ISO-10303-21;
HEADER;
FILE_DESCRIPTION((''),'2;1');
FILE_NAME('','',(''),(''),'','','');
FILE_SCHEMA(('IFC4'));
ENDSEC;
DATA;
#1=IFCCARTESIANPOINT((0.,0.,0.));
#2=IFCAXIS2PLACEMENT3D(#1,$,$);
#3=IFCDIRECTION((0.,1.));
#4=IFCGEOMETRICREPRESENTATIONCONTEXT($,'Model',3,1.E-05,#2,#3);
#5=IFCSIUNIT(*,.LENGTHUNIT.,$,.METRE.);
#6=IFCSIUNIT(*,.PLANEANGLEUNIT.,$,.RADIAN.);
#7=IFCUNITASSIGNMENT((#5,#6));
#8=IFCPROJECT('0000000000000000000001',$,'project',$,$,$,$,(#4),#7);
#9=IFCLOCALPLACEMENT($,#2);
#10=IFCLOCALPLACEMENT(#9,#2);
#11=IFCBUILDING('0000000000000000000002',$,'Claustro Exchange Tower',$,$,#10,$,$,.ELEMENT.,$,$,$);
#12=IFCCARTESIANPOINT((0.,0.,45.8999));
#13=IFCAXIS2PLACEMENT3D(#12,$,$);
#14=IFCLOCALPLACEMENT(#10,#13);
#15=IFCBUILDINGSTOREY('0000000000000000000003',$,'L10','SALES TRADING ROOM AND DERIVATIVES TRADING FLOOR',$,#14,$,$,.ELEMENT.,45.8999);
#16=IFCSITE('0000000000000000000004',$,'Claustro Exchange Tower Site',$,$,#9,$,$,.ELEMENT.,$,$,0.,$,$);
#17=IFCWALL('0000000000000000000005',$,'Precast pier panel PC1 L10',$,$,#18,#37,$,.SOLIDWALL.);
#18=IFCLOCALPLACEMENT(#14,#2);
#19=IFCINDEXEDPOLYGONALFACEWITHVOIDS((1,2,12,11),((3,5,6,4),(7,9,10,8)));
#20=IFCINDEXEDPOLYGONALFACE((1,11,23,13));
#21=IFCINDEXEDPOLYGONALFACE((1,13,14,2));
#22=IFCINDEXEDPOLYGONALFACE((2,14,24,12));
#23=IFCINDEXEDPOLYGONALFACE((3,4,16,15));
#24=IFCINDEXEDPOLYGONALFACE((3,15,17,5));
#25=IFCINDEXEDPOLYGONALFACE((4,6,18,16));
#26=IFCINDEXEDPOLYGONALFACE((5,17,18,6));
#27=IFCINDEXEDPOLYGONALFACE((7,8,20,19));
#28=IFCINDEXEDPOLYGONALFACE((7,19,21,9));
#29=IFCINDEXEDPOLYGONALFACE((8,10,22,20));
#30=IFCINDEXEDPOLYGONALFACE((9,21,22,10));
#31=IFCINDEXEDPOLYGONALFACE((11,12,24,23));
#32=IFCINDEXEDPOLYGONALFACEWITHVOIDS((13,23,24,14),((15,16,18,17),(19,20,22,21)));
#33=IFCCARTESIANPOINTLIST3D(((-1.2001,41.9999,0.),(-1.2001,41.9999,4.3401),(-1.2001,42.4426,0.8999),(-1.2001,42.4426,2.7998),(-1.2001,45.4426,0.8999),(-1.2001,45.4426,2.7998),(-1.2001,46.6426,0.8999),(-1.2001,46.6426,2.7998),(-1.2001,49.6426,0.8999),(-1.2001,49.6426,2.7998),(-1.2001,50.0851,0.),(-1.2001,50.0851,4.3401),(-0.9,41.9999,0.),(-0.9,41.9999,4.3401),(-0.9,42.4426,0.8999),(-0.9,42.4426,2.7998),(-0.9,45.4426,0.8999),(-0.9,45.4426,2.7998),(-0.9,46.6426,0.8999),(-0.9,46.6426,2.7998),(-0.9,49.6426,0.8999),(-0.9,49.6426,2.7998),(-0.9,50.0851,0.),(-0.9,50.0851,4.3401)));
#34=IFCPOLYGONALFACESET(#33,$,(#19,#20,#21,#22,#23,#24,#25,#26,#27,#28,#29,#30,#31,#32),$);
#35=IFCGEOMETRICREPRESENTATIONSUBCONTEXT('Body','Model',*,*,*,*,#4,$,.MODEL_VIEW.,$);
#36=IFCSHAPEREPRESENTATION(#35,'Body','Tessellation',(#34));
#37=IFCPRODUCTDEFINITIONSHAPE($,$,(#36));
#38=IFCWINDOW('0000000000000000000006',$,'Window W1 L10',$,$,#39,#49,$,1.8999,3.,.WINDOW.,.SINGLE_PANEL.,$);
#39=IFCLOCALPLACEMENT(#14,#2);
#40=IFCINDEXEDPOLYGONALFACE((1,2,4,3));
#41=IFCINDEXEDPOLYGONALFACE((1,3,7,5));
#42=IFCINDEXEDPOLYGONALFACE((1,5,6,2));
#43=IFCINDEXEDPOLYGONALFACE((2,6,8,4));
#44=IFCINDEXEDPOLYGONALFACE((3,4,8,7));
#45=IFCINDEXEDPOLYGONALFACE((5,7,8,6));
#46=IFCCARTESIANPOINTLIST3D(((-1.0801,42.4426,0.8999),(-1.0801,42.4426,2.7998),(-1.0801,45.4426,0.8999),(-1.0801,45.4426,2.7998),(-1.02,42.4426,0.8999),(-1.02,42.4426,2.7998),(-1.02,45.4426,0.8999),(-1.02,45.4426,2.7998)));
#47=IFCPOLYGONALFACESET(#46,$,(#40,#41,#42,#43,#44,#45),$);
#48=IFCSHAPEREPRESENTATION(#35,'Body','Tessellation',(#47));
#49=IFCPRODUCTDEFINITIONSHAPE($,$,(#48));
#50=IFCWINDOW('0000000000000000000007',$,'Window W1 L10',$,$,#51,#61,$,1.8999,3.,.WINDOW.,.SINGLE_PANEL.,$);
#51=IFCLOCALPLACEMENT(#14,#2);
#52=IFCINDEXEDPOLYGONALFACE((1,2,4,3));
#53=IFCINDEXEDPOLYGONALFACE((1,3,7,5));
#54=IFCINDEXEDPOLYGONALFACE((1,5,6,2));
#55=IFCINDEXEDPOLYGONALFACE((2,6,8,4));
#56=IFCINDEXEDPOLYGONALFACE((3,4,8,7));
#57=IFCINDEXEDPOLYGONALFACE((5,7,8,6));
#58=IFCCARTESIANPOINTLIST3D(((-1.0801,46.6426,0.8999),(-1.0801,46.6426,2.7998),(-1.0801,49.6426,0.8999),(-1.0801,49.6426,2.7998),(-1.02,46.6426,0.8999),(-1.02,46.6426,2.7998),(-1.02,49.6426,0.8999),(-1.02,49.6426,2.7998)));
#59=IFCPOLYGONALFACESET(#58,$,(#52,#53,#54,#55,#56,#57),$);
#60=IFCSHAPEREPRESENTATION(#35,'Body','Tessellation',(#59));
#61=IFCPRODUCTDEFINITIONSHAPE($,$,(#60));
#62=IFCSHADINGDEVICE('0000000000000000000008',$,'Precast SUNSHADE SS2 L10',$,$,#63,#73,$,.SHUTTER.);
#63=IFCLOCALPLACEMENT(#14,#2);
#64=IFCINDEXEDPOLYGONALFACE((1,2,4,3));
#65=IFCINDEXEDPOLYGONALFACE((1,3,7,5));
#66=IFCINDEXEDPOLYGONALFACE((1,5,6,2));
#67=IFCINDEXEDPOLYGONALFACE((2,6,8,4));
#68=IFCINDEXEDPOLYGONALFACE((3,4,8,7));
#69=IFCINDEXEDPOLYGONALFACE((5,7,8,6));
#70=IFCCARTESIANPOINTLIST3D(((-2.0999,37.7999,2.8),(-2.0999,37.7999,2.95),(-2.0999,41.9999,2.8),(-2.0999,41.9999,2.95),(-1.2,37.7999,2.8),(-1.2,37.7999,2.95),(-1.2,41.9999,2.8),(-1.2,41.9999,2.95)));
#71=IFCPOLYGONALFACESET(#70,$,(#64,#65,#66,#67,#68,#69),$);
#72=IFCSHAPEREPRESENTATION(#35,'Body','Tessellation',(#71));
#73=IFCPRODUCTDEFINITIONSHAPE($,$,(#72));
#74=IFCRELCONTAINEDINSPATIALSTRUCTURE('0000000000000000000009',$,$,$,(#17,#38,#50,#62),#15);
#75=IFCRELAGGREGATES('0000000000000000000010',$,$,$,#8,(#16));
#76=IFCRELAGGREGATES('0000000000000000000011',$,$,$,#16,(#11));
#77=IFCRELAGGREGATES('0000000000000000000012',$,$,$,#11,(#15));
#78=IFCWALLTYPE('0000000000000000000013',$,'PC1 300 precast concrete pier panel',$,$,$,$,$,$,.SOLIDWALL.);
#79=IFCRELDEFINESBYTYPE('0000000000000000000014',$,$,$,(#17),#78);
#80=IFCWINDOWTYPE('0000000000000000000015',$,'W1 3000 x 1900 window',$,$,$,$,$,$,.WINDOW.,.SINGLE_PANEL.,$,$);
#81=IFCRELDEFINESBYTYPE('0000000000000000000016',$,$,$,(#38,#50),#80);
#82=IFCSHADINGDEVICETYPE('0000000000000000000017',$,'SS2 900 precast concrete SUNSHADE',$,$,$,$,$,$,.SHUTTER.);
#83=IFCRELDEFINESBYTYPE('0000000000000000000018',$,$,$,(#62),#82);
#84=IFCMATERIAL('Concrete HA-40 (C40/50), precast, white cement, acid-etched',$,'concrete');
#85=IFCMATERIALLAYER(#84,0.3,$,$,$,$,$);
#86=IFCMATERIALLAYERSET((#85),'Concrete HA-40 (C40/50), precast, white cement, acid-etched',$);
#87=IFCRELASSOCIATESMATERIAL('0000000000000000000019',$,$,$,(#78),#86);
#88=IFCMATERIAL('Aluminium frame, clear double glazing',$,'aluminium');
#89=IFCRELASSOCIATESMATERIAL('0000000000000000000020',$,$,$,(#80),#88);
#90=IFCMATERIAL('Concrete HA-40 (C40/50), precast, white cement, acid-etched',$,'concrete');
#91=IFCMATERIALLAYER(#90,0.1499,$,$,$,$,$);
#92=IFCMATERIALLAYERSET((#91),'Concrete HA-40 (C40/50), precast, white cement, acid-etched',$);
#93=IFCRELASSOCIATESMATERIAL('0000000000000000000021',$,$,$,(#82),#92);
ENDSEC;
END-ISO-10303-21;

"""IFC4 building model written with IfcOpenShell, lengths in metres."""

from ifc_helpers import new_model, si_unit, direction, frame, frame_2d, origin, origin_2d, place, context, subcontext, project, spatial, rectangle, extrude, material, layer, layer_set, type_object, element, fill, save


model = new_model("IFC4")

# Units and contexts
model_context = context("Model", 3, precision=1e-05, world=origin(), true_north=direction((0.0, 1.0)))
body_context = subcontext(model_context, "Body", "Model", "MODEL_VIEW")
ifc_project = project(units=[si_unit("LENGTHUNIT", "METRE"), si_unit("PLANEANGLEUNIT", "RADIAN")], contexts=[model_context])

# Site, building, storey
site_placement = place(None, origin())
site = spatial("IfcSite", under=ifc_project, at=site_placement, Name="Claustro Exchange Tower Site", CompositionType="ELEMENT", RefElevation=0.0)
building_placement = place(site_placement, origin())
building = spatial("IfcBuilding", under=site, at=building_placement, Name="Claustro Exchange Tower", CompositionType="ELEMENT")
storey_placement = place(building_placement, frame((0.0, 0.0, 45.8999)))
storey = spatial("IfcBuildingStorey", under=building, at=storey_placement, Name="L10", Description="SALES TRADING ROOM AND DERIVATIVES TRADING FLOOR", CompositionType="ELEMENT", Elevation=45.8999)

# Wall, openings, windows
ifc_material_1 = material(Name="Concrete HA-40 (C40/50), precast, white cement, acid-etched", Category="concrete")
ifc_layer_1 = layer(ifc_material_1, 0.3)
ifc_layer_set_1 = layer_set([ifc_layer_1], Name="Concrete HA-40 (C40/50), precast, white cement, acid-etched")
wall_type_1 = type_object("IfcWallType", Name="PC1 300 precast concrete pier panel", PredefinedType="SOLIDWALL", material=ifc_layer_set_1)
wall_1_placement = place(storey_placement, frame((-1.05, 42.0, 0.0), z_axis=(0.0, 0.0, 1.0), x_axis=(0.0, 1.0, 0.0)))
wall_1 = element("IfcWall", 1, at=wall_1_placement, inside=storey, type_object=wall_type_1, Name="Precast pier panel PC1 L10", PredefinedType="SOLIDWALL", context=body_context, shape_type="SweptSolid", body=[
    extrude(rectangle(XDim=8.0852, YDim=0.3, at=frame_2d((4.0425, 0.0))), origin(), (0.0, 0.0, 1.0), 4.3401),
])
opening_1_placement = place(wall_1_placement, frame((0.4426, 0.0, 0.8999)))
opening_1 = element("IfcOpeningElement", 2, at=opening_1_placement, cuts=wall_1, PredefinedType="OPENING", context=body_context, shape_type="SweptSolid", body=[
    extrude(rectangle(XDim=3.0, YDim=1.8999, at=frame_2d((1.5, 0.95))), frame((0.0, 0.1599, 0.0), z_axis=(0.0, -1.0, 0.0), x_axis=(1.0, 0.0, 0.0)), (0.0, 0.0, 1.0), 0.3201),
])
opening_2_placement = place(wall_1_placement, frame((4.6426, 0.0, 0.8999)))
opening_2 = element("IfcOpeningElement", 3, at=opening_2_placement, cuts=wall_1, PredefinedType="OPENING", context=body_context, shape_type="SweptSolid", body=[
    extrude(rectangle(XDim=3.0, YDim=1.8999, at=frame_2d((1.5, 0.95))), frame((0.0, 0.1599, 0.0), z_axis=(0.0, -1.0, 0.0), x_axis=(1.0, 0.0, 0.0)), (0.0, 0.0, 1.0), 0.3201),
])
ifc_material_2 = material(Name="Aluminium frame, clear double glazing", Category="aluminium")
window_type = type_object("IfcWindowType", Name="W1 3000 x 1900 window", PartitioningType="SINGLE_PANEL", PredefinedType="WINDOW", material=ifc_material_2)
window_1_placement = place(opening_1_placement, origin())
window_1 = element("IfcWindow", 4, at=window_1_placement, inside=storey, type_object=window_type, Name="Window W1 L10", OverallHeight=1.8999, OverallWidth=3.0, PartitioningType="SINGLE_PANEL", PredefinedType="WINDOW", context=body_context, shape_type="SweptSolid", body=[
    extrude(rectangle(XDim=3.0, YDim=1.8999, at=frame_2d((1.5, 0.95))), frame((0.0, 0.03, 0.0), z_axis=(0.0, -1.0, 0.0), x_axis=(1.0, 0.0, 0.0)), (0.0, 0.0, 1.0), 0.0601),
])
fill(opening_1, window_1)
window_2_placement = place(opening_2_placement, origin())
window_2 = element("IfcWindow", 5, at=window_2_placement, inside=storey, type_object=window_type, Name="Window W1 L10", OverallHeight=1.8999, OverallWidth=3.0, PartitioningType="SINGLE_PANEL", PredefinedType="WINDOW", context=body_context, shape_type="SweptSolid", body=[
    extrude(rectangle(XDim=3.0, YDim=1.8999, at=frame_2d((1.5, 0.95))), frame((0.0, 0.03, 0.0), z_axis=(0.0, -1.0, 0.0), x_axis=(1.0, 0.0, 0.0)), (0.0, 0.0, 1.0), 0.0601),
])
fill(opening_2, window_2)

# Shading device
ifc_material_3 = material(Name="Concrete HA-40 (C40/50), precast, white cement, acid-etched", Category="concrete")
ifc_layer_2 = layer(ifc_material_3, 0.1499)
ifc_layer_set_2 = layer_set([ifc_layer_2], Name="Concrete HA-40 (C40/50), precast, white cement, acid-etched")
shading_device_type = type_object("IfcShadingDeviceType", Name="SS2 900 precast concrete SUNSHADE", PredefinedType="SHUTTER", material=ifc_layer_set_2)
shading_device_placement = place(storey_placement, frame((-1.6499, 39.8999, 2.8), z_axis=(0.0, 0.0, 1.0), x_axis=(0.0, 1.0, 0.0)))
element("IfcShadingDevice", 6, at=shading_device_placement, inside=storey, type_object=shading_device_type, Name="Precast SUNSHADE SS2 L10", PredefinedType="SHUTTER", context=body_context, shape_type="SweptSolid", body=[
    extrude(rectangle(XDim=4.2, YDim=0.8999, at=origin_2d()), origin(), (0.0, 0.0, 1.0), 0.1499),
])

save(model, "model.ifc")
